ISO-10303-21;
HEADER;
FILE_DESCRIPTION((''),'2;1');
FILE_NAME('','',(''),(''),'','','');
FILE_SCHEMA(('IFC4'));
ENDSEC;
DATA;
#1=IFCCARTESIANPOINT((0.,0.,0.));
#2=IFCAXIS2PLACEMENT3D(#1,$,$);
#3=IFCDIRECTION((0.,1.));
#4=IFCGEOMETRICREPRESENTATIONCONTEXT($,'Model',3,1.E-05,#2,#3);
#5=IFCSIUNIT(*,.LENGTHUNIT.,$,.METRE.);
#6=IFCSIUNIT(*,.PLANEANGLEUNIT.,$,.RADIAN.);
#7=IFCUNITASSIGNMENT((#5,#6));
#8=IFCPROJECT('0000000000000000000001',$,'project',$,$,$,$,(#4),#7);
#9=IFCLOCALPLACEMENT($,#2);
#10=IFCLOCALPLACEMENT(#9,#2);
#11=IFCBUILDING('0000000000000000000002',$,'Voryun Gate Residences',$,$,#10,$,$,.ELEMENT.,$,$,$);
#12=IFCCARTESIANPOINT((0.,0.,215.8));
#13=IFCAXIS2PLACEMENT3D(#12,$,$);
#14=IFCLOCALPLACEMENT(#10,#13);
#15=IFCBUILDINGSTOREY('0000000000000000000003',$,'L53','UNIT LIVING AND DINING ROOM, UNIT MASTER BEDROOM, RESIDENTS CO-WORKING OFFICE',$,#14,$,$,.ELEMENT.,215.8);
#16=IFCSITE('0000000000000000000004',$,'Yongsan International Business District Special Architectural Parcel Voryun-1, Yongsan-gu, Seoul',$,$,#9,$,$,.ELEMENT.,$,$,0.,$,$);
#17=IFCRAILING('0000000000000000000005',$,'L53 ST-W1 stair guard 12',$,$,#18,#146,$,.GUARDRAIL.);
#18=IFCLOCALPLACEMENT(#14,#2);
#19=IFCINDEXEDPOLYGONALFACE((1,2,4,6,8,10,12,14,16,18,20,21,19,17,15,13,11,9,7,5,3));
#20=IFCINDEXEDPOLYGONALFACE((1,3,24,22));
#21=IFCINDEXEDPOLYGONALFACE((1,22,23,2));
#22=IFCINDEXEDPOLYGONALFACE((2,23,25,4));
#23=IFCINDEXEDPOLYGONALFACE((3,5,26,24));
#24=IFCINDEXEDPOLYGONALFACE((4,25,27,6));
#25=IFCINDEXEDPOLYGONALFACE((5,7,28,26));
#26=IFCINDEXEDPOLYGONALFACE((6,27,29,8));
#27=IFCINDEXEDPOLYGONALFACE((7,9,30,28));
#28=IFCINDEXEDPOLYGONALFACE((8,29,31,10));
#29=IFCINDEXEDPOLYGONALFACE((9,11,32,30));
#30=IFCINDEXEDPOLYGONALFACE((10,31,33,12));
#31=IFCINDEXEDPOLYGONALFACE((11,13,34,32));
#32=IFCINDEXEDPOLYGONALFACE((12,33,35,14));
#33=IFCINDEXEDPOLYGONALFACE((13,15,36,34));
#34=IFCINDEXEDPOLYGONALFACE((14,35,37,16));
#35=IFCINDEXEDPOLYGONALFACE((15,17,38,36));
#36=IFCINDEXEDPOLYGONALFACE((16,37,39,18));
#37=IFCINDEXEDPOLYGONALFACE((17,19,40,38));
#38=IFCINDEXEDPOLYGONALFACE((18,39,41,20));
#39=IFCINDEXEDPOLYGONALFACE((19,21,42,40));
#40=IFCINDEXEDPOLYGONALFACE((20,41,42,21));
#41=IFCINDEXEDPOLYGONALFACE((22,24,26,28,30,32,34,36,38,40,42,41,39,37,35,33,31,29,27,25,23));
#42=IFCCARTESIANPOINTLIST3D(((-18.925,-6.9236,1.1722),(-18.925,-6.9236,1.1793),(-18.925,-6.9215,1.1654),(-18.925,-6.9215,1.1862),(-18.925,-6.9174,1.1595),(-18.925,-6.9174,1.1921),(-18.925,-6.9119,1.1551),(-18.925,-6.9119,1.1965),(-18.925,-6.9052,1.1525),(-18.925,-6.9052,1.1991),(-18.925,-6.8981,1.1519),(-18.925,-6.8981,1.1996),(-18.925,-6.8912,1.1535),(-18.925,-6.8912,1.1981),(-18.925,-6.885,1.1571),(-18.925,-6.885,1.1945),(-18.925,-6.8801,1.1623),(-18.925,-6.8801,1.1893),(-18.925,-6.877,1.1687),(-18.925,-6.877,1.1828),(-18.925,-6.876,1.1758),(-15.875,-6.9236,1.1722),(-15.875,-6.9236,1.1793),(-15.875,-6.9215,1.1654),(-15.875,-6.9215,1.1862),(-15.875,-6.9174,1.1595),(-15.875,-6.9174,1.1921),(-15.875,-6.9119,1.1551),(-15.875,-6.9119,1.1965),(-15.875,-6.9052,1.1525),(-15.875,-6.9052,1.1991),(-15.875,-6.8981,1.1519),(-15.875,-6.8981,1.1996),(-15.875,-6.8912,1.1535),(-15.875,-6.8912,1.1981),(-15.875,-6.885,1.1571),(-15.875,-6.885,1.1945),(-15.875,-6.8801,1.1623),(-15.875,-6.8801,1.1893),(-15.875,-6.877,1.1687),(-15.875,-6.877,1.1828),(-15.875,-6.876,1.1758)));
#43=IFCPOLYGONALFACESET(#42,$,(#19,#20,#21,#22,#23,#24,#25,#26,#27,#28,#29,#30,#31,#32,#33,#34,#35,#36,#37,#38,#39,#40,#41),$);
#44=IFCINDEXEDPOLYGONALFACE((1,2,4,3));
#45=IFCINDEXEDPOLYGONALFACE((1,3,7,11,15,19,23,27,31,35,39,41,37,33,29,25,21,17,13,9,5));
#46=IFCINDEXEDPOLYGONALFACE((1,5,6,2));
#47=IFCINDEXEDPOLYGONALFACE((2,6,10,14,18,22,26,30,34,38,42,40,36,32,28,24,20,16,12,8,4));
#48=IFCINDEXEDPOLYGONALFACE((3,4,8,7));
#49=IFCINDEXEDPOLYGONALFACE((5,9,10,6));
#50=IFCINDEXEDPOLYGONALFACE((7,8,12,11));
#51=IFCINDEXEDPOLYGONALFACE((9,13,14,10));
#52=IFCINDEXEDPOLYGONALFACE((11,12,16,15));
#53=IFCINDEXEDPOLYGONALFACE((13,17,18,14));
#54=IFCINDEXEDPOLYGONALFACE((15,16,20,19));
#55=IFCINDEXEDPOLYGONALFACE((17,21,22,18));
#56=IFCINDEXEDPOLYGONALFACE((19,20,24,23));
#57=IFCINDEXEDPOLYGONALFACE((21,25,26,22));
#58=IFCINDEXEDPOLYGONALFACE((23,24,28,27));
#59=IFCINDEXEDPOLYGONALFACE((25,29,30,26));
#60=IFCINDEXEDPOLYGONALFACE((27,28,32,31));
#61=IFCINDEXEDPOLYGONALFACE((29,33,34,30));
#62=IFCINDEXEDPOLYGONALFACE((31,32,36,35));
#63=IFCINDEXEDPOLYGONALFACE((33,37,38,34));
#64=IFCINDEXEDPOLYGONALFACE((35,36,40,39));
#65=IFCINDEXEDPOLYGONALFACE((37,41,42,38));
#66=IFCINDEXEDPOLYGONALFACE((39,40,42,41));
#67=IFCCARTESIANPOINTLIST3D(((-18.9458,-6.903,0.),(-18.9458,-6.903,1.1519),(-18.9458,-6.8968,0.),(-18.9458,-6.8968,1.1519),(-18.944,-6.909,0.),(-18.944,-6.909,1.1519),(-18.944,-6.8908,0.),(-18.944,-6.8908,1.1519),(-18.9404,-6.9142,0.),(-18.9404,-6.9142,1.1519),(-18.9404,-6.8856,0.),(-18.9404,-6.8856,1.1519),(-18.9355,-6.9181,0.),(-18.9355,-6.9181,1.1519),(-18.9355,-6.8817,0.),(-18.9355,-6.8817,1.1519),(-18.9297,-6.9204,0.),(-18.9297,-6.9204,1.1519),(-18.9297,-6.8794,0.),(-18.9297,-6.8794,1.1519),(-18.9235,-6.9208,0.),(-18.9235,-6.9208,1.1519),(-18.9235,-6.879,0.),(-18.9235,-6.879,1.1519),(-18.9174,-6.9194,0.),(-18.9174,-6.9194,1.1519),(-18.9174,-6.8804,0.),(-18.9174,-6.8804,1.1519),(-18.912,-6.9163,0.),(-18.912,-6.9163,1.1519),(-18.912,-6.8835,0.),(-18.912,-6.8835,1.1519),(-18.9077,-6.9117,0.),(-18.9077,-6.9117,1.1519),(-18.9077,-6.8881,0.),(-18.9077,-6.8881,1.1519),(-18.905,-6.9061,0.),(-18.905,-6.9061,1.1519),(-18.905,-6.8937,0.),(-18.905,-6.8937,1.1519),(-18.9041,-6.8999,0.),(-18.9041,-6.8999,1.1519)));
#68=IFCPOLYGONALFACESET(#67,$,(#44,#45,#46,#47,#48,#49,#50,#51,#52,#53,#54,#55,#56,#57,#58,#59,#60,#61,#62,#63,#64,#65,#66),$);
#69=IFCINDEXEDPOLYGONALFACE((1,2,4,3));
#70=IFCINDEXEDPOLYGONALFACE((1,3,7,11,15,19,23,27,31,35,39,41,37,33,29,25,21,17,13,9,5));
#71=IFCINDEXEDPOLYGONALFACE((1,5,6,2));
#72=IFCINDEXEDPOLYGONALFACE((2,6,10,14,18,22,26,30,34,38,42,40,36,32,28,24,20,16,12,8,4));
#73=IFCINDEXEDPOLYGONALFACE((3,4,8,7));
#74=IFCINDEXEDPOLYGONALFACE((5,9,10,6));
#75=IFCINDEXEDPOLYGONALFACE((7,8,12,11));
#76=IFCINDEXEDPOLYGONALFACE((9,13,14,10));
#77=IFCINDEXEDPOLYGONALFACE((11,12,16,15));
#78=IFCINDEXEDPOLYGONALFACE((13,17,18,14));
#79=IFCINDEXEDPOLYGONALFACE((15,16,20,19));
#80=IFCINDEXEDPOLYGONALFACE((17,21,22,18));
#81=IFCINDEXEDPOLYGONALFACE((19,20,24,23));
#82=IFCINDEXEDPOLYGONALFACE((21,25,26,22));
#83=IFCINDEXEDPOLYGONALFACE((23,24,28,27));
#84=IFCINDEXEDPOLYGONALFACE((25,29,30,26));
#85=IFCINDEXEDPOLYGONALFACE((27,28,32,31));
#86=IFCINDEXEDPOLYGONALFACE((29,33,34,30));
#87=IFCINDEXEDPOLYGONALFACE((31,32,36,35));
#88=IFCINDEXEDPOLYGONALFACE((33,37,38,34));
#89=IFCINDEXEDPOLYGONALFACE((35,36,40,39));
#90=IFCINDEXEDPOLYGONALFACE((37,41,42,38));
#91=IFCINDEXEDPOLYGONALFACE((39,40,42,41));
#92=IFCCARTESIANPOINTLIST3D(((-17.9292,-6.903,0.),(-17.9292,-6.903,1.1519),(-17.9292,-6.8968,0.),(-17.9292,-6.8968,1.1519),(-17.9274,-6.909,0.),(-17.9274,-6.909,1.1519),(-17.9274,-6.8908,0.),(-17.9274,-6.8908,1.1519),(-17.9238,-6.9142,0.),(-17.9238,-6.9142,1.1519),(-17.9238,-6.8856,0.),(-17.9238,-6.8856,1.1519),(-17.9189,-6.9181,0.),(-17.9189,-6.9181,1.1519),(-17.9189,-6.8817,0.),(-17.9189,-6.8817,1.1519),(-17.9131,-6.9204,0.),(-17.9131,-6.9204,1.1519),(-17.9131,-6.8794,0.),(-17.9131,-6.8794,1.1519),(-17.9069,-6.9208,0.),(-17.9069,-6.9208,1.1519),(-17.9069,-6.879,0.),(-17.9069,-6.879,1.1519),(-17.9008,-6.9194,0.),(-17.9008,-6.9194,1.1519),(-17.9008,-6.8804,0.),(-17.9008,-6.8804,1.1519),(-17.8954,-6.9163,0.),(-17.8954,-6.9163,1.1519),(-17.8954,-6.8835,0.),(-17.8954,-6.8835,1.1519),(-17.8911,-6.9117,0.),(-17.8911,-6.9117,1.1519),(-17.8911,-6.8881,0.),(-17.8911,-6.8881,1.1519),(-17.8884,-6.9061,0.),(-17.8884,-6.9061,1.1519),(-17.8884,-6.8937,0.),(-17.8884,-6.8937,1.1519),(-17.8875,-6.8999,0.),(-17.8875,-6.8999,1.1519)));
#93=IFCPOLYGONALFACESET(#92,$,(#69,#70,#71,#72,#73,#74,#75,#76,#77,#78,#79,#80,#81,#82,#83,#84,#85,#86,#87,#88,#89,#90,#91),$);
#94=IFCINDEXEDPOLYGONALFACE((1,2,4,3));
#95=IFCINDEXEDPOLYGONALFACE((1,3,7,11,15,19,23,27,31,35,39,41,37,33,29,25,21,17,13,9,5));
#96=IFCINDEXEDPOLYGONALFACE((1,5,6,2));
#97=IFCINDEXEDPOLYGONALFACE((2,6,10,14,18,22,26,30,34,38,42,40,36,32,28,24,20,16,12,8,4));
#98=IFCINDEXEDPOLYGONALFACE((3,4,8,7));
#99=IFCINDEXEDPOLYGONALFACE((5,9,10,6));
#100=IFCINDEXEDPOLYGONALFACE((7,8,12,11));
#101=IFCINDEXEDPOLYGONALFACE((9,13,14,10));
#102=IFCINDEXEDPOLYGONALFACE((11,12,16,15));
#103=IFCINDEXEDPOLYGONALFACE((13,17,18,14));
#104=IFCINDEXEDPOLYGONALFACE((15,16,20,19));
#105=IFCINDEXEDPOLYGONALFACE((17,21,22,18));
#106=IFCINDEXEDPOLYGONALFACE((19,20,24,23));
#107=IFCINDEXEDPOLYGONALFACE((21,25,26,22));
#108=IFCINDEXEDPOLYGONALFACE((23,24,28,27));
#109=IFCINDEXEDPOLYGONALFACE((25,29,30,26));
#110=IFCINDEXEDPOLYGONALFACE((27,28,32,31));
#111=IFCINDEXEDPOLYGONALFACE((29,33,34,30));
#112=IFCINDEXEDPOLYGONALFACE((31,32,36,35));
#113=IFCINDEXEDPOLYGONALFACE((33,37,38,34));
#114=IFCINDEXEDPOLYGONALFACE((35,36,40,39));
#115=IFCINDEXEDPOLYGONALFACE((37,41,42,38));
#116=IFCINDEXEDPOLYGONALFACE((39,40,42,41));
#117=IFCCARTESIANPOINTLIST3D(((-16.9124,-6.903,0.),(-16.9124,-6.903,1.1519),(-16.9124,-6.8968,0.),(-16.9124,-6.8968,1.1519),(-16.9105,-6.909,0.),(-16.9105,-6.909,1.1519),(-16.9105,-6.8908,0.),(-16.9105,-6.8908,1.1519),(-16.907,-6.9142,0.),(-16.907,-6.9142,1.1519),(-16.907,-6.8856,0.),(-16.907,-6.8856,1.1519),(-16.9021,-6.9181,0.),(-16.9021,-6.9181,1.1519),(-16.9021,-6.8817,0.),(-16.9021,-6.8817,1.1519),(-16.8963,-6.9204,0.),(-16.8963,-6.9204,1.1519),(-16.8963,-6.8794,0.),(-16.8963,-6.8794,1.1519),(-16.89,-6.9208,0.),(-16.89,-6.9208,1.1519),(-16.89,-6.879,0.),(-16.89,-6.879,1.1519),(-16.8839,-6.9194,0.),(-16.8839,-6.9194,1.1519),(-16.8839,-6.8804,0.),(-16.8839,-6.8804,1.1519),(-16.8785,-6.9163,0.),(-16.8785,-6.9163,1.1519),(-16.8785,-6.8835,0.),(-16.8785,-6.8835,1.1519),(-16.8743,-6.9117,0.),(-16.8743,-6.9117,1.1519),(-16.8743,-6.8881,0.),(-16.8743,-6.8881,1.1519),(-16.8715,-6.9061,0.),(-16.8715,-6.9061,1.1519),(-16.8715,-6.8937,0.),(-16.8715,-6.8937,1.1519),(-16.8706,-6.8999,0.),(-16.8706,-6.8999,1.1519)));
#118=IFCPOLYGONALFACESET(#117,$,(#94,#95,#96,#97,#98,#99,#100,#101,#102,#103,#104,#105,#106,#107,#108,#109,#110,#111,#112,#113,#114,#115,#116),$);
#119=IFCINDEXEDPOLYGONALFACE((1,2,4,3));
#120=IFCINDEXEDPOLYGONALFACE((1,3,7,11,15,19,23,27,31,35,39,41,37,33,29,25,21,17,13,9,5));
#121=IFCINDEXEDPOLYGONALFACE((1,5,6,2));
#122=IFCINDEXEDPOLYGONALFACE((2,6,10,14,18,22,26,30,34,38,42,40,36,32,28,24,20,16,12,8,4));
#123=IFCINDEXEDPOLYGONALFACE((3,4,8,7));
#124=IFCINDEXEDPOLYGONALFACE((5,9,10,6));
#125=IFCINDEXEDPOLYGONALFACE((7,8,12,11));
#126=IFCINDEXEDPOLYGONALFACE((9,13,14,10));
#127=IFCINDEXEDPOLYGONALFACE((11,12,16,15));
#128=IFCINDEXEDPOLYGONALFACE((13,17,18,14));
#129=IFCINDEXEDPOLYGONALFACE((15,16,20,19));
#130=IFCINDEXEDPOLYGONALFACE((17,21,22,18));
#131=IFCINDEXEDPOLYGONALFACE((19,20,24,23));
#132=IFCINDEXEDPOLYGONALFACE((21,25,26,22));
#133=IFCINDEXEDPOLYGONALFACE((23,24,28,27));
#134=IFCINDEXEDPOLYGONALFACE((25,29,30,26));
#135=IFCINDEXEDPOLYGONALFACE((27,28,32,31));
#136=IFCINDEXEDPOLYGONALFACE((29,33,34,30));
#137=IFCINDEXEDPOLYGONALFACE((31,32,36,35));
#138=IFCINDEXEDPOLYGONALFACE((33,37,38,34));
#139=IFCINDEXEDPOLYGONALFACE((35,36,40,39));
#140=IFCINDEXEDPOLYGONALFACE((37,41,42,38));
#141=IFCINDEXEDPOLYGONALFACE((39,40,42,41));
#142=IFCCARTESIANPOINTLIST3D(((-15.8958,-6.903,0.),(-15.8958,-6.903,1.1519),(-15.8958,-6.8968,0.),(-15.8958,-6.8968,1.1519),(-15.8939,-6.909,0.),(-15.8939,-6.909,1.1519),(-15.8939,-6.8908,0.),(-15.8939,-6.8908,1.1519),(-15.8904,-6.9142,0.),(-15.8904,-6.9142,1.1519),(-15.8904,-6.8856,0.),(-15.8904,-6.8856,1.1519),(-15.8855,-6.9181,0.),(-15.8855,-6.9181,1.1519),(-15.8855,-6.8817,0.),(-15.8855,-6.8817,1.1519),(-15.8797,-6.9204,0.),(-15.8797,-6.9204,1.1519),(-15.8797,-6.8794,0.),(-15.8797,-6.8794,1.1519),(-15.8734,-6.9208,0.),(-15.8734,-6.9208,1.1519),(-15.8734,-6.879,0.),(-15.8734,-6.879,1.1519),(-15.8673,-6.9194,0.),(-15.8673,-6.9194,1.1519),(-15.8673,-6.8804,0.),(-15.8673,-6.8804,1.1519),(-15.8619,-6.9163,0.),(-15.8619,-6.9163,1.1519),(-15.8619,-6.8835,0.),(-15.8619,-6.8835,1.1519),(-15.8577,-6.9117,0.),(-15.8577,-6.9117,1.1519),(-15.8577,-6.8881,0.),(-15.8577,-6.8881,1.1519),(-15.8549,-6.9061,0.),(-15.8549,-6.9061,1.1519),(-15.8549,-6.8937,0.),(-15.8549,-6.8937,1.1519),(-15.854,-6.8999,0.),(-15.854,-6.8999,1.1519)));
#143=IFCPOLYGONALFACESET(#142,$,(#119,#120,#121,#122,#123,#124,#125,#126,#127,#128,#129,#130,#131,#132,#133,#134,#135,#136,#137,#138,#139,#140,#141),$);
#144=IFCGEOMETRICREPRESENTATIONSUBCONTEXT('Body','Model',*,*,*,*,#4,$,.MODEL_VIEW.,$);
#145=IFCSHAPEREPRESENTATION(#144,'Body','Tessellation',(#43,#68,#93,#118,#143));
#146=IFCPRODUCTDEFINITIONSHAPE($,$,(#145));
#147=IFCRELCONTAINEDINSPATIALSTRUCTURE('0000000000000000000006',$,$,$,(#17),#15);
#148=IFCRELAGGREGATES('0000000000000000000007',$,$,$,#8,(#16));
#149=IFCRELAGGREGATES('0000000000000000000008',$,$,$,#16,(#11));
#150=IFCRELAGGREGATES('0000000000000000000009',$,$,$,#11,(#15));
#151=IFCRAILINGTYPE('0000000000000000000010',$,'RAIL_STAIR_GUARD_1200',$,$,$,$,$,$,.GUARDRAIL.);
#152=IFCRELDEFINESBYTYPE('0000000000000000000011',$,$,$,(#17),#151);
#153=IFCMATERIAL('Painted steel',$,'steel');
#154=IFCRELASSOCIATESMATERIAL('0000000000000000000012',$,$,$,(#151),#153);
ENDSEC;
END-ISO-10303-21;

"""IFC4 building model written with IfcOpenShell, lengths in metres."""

from ifc_helpers import new_model, si_unit, direction, frame, origin, origin_2d, place, context, subcontext, project, spatial, circle, extrude, material, type_object, element, save


model = new_model("IFC4")

# Units and contexts
model_context = context("Model", 3, precision=1e-05, world=origin(), true_north=direction((0.0, 1.0)))
body_context = subcontext(model_context, "Body", "Model", "MODEL_VIEW")
ifc_project = project(units=[si_unit("LENGTHUNIT", "METRE"), si_unit("PLANEANGLEUNIT", "RADIAN")], contexts=[model_context])

# Site, building, storey
site_placement = place(None, origin())
site = spatial("IfcSite", under=ifc_project, at=site_placement, Name="Yongsan International Business District Special Architectural Parcel Voryun-1, Yongsan-gu, Seoul", CompositionType="ELEMENT", RefElevation=0.0)
building_placement = place(site_placement, origin())
building = spatial("IfcBuilding", under=site, at=building_placement, Name="Voryun Gate Residences", CompositionType="ELEMENT")
storey_placement = place(building_placement, frame((0.0, 0.0, 215.8)))
storey = spatial("IfcBuildingStorey", under=building, at=storey_placement, Name="L53", Description="UNIT LIVING AND DINING ROOM, UNIT MASTER BEDROOM, RESIDENTS CO-WORKING OFFICE", CompositionType="ELEMENT", Elevation=215.8)

# Railing
ifc_material_1 = material(Name="Painted steel", Category="steel")
railing_type_1 = type_object("IfcRailingType", Name="RAIL_STAIR_GUARD_1200", PredefinedType="GUARDRAIL", material=ifc_material_1)
railing_1_placement = place(storey_placement, frame((-18.925, -6.8999, 0.0)))
element("IfcRailing", 1, at=railing_1_placement, inside=storey, type_object=railing_type_1, Name="L53 ST-W1 stair guard 12", PredefinedType="GUARDRAIL", context=body_context, shape_type="SweptSolid", body=[
    extrude(circle(Radius=0.0239, at=origin_2d()), frame((0.0, 0.0, 1.1758), z_axis=(1.0, 0.0, 0.0), x_axis=(0.0, 1.0, 0.0)), (0.0, 0.0, 1.0), 3.05),
    extrude(circle(Radius=0.021, at=origin_2d()), origin(), (0.0, 0.0, 1.0), 1.1519),
    extrude(circle(Radius=0.021, at=origin_2d()), frame((1.0166, 0.0, 0.0)), (0.0, 0.0, 1.0), 1.1519),
    extrude(circle(Radius=0.021, at=origin_2d()), frame((2.0334, 0.0, 0.0)), (0.0, 0.0, 1.0), 1.1519),
    extrude(circle(Radius=0.021, at=origin_2d()), frame((3.05, 0.0, 0.0)), (0.0, 0.0, 1.0), 1.1519),
])

save(model, "model.ifc")
